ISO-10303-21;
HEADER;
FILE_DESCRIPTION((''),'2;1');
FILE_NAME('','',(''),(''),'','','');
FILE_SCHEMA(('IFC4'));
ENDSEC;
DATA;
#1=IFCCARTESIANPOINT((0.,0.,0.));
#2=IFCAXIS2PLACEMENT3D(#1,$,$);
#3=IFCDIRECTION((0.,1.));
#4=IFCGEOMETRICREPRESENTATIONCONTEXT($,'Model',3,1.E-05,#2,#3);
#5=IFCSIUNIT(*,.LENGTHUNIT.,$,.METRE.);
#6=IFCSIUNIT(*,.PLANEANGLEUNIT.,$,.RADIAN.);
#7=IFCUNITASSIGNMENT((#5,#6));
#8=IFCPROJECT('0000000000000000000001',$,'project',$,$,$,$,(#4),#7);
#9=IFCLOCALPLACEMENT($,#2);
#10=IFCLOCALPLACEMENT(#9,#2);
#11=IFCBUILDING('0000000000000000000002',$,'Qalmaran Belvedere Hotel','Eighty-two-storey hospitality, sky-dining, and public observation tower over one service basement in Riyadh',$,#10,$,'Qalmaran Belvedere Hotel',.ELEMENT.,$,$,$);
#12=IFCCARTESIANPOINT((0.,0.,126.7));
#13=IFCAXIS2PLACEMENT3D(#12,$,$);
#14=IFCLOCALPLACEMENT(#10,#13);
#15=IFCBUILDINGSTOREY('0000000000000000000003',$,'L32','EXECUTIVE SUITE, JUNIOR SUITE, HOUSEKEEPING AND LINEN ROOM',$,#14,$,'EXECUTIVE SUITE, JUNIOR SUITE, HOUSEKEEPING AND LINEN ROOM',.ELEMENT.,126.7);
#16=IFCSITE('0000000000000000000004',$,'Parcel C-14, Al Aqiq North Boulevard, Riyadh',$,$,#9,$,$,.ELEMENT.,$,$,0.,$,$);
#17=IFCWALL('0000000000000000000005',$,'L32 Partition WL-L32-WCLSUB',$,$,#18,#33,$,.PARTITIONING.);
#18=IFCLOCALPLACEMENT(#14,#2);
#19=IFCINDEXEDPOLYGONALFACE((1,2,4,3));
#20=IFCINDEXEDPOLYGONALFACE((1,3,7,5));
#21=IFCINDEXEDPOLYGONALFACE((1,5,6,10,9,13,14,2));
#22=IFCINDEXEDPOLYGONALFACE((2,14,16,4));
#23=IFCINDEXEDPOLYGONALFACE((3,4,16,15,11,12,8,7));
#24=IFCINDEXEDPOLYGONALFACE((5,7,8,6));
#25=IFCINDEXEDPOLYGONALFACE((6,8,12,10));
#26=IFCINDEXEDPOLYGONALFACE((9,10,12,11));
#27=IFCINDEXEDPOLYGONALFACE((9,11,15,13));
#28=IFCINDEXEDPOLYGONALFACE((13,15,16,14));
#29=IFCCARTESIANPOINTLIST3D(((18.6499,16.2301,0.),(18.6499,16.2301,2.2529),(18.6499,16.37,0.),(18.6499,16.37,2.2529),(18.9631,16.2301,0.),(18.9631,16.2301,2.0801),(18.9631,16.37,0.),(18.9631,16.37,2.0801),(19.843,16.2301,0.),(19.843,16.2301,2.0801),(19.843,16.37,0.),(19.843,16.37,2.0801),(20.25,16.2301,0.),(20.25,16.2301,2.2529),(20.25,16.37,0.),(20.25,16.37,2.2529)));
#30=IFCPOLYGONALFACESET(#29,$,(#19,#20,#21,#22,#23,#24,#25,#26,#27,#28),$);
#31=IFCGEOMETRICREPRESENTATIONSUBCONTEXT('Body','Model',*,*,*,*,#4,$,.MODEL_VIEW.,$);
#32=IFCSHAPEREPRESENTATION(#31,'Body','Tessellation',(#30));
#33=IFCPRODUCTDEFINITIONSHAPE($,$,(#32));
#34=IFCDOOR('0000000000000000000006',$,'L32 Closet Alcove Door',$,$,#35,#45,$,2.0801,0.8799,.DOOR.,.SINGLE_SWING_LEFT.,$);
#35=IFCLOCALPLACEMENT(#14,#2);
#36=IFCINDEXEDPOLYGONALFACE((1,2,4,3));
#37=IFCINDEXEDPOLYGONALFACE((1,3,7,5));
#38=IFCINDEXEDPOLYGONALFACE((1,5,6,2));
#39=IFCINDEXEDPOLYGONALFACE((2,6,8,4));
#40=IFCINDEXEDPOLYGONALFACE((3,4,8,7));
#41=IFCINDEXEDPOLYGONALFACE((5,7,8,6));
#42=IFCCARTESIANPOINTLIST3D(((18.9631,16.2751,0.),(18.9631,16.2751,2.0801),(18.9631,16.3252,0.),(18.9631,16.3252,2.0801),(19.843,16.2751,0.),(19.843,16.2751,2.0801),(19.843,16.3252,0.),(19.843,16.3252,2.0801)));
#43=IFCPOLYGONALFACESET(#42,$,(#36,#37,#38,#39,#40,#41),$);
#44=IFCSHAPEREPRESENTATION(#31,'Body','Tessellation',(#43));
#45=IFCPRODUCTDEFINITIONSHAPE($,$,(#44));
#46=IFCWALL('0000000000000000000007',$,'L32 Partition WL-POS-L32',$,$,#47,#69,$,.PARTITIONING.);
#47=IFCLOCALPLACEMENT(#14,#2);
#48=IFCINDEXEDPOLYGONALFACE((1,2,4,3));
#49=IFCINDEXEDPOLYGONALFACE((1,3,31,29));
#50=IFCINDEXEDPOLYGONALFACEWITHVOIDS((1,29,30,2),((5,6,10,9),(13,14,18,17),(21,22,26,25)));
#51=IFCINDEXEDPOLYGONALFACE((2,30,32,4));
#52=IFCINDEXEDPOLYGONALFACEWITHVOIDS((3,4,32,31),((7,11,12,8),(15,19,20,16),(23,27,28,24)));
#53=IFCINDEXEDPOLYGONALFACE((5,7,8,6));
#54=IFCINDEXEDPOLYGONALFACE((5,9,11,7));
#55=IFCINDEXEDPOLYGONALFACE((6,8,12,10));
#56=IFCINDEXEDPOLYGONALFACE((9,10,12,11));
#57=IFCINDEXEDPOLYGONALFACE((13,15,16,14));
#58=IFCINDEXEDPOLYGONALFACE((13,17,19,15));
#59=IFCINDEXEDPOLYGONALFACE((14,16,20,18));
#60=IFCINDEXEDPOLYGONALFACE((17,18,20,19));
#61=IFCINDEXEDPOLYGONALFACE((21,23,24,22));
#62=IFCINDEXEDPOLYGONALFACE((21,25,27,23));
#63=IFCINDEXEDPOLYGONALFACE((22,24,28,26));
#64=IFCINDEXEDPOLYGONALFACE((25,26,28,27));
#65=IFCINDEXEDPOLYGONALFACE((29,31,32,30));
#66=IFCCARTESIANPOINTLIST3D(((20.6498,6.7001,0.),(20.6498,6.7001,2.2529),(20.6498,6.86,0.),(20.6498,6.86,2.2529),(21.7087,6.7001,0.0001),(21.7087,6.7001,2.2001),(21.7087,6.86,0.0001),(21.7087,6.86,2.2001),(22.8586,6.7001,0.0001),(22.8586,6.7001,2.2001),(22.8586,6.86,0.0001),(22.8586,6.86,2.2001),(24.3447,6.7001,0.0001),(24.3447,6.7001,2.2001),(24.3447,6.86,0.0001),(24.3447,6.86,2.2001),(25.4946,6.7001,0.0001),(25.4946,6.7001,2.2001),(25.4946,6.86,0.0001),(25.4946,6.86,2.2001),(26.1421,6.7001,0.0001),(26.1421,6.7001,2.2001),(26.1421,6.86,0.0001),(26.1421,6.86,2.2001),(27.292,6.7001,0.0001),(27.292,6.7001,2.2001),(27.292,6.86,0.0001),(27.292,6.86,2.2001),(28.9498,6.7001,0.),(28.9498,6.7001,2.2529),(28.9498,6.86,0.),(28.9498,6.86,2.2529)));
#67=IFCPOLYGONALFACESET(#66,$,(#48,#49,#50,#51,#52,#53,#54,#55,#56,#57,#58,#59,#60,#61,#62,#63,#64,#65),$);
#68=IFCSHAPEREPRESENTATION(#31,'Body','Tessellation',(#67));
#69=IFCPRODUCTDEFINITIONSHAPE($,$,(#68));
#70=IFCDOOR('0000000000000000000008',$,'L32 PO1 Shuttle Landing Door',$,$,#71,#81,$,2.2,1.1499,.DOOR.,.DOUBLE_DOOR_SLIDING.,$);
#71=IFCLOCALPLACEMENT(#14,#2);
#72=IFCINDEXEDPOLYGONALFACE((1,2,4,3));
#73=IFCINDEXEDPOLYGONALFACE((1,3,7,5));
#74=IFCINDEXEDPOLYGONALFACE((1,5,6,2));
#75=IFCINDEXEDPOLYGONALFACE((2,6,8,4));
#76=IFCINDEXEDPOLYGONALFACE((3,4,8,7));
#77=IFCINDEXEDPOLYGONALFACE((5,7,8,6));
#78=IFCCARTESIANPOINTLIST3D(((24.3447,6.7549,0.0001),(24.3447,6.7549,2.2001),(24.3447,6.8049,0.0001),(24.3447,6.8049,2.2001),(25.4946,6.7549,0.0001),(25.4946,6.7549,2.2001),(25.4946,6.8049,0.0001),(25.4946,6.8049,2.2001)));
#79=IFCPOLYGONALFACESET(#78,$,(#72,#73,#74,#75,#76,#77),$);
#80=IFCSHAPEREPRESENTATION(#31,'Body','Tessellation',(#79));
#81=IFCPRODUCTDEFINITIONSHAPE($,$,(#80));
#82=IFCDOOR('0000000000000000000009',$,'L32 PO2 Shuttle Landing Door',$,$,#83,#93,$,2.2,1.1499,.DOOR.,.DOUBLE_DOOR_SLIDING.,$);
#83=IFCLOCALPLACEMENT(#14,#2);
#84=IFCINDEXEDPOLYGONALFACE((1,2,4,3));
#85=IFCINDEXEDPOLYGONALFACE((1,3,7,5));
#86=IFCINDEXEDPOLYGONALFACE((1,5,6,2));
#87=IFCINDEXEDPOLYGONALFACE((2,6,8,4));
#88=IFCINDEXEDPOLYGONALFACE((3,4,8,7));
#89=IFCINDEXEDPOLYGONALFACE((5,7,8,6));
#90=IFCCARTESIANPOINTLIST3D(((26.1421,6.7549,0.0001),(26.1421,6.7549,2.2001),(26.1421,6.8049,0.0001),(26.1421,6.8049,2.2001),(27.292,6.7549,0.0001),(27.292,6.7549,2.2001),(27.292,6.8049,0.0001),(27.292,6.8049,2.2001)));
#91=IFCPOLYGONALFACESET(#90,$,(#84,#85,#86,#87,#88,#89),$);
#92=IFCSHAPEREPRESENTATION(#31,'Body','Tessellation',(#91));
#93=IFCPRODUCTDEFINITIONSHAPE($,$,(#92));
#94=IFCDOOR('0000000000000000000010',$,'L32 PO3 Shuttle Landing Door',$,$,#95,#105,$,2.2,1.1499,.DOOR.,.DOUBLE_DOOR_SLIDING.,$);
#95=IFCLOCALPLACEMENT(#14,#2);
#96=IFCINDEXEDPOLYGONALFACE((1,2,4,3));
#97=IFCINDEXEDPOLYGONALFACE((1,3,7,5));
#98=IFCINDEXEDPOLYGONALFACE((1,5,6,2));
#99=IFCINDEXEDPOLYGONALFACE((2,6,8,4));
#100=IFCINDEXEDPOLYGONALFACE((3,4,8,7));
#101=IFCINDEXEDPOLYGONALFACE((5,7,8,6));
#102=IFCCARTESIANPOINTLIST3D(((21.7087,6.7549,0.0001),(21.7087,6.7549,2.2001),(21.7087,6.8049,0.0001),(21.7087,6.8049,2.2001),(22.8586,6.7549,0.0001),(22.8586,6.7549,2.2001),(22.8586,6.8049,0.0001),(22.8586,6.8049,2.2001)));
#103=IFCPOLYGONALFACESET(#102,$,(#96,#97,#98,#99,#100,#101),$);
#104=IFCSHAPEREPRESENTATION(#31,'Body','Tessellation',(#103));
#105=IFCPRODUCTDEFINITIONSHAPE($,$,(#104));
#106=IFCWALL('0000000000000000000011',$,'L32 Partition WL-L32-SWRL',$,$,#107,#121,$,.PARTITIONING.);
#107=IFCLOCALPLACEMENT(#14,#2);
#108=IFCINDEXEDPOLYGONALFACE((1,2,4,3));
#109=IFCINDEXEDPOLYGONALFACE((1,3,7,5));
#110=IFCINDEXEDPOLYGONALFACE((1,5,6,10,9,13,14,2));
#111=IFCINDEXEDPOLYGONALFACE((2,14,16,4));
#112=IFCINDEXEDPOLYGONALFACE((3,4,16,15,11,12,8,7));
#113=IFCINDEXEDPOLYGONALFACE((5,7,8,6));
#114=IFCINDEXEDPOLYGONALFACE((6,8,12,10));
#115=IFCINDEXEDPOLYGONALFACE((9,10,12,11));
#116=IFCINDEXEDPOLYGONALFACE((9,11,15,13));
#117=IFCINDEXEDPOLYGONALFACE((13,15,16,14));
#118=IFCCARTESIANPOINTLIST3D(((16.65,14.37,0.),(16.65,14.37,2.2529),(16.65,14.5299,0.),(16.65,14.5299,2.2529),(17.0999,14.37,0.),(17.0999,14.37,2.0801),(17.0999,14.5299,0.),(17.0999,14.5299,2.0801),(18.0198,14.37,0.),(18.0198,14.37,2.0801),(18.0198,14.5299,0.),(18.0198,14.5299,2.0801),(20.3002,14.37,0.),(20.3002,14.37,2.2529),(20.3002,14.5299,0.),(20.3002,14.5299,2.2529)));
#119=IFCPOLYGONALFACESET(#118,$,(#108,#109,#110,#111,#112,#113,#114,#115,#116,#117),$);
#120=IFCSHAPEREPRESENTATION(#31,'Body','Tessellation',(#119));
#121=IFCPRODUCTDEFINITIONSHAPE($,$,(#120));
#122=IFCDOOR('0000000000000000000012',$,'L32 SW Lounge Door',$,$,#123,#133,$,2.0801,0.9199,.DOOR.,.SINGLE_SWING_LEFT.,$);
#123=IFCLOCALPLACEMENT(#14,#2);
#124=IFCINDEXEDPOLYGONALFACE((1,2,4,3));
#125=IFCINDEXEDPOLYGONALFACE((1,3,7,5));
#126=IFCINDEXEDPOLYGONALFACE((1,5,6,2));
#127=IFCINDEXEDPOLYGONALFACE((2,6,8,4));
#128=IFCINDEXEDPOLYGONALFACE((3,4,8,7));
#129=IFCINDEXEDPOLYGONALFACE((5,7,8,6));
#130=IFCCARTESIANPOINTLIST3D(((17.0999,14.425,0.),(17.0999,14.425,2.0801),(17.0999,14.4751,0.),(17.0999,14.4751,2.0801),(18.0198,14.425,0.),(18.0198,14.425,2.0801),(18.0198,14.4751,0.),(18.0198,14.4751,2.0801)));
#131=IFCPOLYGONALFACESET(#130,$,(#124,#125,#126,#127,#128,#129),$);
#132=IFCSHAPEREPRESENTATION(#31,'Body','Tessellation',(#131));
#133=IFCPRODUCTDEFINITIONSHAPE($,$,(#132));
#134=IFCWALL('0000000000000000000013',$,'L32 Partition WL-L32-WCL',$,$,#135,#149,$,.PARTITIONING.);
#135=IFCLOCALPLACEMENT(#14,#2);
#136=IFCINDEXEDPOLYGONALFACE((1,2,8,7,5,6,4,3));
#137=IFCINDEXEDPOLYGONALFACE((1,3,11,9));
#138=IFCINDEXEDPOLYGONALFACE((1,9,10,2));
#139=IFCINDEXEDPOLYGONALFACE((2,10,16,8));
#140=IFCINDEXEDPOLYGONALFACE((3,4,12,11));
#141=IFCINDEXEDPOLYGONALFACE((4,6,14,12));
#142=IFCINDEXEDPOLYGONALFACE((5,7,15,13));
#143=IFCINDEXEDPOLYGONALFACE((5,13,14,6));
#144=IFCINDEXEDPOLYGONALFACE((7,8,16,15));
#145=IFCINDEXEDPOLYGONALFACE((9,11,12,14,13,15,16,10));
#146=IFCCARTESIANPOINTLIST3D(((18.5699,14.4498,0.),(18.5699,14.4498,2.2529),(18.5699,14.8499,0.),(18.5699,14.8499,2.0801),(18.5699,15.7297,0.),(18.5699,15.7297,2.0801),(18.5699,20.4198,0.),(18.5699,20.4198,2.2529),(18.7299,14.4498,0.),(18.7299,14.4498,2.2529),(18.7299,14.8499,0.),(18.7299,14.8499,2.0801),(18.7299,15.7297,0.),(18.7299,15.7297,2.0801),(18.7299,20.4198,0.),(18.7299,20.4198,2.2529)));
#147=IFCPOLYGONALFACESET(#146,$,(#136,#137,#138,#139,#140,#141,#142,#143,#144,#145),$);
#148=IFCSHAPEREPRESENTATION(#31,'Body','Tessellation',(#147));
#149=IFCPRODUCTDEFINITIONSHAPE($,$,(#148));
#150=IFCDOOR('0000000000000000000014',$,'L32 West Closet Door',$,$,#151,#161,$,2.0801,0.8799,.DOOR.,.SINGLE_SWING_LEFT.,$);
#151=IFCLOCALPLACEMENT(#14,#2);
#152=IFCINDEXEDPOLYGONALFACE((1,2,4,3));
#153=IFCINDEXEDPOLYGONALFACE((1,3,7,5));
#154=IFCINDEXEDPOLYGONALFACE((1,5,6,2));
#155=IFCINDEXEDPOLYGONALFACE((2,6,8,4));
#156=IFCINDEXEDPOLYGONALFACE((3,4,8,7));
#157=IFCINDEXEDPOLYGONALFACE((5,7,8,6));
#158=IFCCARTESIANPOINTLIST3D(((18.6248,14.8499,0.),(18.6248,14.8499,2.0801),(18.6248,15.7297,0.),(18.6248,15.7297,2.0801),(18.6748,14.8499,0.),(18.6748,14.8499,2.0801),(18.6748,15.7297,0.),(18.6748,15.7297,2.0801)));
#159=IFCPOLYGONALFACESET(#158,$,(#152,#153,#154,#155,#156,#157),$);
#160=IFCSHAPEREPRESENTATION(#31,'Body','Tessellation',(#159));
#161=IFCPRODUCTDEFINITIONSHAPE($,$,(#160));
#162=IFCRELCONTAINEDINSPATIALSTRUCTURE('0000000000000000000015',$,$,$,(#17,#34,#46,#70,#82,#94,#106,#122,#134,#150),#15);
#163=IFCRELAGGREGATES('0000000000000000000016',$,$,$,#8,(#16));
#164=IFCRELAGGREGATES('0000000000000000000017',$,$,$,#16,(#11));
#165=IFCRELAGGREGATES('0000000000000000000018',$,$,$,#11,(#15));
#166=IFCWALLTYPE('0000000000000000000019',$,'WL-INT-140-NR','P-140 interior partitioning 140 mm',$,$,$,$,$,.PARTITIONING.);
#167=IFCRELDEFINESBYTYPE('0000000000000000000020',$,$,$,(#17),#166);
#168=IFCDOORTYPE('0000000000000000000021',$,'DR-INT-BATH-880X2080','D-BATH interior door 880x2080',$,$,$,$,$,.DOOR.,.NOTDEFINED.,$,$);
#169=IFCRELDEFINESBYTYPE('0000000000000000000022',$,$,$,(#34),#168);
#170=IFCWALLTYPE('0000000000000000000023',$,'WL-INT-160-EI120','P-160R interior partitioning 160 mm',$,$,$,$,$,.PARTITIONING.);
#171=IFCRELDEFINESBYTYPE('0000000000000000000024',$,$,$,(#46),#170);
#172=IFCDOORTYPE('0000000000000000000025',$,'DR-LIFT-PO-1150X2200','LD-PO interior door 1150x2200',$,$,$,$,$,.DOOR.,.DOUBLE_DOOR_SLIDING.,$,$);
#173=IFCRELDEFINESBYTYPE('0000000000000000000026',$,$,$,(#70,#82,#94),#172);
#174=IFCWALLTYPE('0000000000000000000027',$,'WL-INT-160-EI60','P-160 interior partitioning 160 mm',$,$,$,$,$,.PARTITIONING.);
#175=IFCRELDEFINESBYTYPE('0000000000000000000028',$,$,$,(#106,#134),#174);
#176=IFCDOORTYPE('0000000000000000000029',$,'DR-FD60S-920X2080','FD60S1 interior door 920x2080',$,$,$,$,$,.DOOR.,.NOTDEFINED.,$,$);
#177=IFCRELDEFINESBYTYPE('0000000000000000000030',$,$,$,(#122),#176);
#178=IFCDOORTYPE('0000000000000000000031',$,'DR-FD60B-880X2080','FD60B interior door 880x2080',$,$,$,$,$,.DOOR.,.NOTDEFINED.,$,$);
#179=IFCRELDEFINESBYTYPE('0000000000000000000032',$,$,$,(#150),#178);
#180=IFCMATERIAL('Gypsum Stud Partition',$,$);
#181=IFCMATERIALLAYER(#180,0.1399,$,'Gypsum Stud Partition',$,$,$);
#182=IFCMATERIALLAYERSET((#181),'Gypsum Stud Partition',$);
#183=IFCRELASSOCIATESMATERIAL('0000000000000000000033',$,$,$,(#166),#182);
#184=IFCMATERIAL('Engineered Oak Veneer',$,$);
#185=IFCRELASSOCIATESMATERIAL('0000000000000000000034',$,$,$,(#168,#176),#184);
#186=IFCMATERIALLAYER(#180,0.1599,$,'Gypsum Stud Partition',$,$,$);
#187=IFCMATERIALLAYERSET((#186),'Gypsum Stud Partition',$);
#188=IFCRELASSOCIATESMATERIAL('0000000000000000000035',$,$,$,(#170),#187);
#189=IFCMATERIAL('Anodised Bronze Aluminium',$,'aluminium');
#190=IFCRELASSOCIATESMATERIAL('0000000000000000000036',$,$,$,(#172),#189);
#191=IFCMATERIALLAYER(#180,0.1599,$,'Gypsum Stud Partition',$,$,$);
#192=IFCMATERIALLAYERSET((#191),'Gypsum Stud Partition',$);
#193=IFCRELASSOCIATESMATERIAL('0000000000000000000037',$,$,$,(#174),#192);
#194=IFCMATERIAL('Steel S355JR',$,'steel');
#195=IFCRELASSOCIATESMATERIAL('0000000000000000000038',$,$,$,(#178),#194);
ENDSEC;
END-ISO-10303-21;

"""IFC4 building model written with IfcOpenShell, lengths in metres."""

from ifc_helpers import new_model, si_unit, direction, frame, frame_2d, origin, place, context, subcontext, project, spatial, rectangle, extrude, material, layer, layer_set, type_object, element, fill, save


model = new_model("IFC4")

# Units and contexts
model_context = context("Model", 3, precision=1e-05, world=origin(), true_north=direction((0.0, 1.0)))
body_context = subcontext(model_context, "Body", "Model", "MODEL_VIEW")
ifc_project = project(units=[si_unit("LENGTHUNIT", "METRE"), si_unit("PLANEANGLEUNIT", "RADIAN")], contexts=[model_context])

# Site, building, storey
site_placement = place(None, origin())
site = spatial("IfcSite", under=ifc_project, at=site_placement, Name="Parcel C-14, Al Aqiq North Boulevard, Riyadh", CompositionType="ELEMENT", RefElevation=0.0)
building_placement = place(site_placement, origin())
building = spatial("IfcBuilding", under=site, at=building_placement, Name="Qalmaran Belvedere Hotel", Description="Eighty-two-storey hospitality, sky-dining, and public observation tower over one service basement in Riyadh", LongName="Qalmaran Belvedere Hotel", CompositionType="ELEMENT")
storey_placement = place(building_placement, frame((0.0, 0.0, 126.7)))
storey = spatial("IfcBuildingStorey", under=building, at=storey_placement, Name="L32", Description="EXECUTIVE SUITE, JUNIOR SUITE, HOUSEKEEPING AND LINEN ROOM", LongName="EXECUTIVE SUITE, JUNIOR SUITE, HOUSEKEEPING AND LINEN ROOM", CompositionType="ELEMENT", Elevation=126.7)

# Shared definitions
ifc_material_1 = material(Name="Steel S355JR", Category="steel")

# Shared definitions
ifc_material_2 = material(Name="Anodised Bronze Aluminium", Category="aluminium")

# Wall, opening, door
ifc_material_3 = material(Name="Gypsum Stud Partition")
ifc_layer_1 = layer(ifc_material_3, 0.1399, Name="Gypsum Stud Partition")
ifc_layer_set_1 = layer_set([ifc_layer_1], Name="Gypsum Stud Partition")
wall_type_1 = type_object("IfcWallType", Name="WL-INT-140-NR", Description="P-140 interior partitioning 140 mm", PredefinedType="PARTITIONING", material=ifc_layer_set_1)
wall_1_placement = place(storey_placement, frame((18.6499, 16.3, 0.0), z_axis=(0.0, 0.0, 1.0), x_axis=(1.0, 0.0, 0.0)))
wall_1 = element("IfcWall", 1, at=wall_1_placement, inside=storey, type_object=wall_type_1, Name="L32 Partition WL-L32-WCLSUB", PredefinedType="PARTITIONING", context=body_context, shape_type="SweptSolid", body=[
    extrude(rectangle(XDim=1.6001, YDim=0.1399, at=frame_2d((0.8, 0.0))), origin(), (0.0, 0.0, 1.0), 2.2529),
])
opening_1_placement = place(wall_1_placement, frame((1.1931, 0.0, 0.0), z_axis=(0.0, 0.0, 1.0), x_axis=(-1.0, 0.0, 0.0)))
opening_1 = element("IfcOpeningElement", 2, at=opening_1_placement, cuts=wall_1, PredefinedType="OPENING", context=body_context, shape_type="SweptSolid", body=[
    extrude(rectangle(XDim=0.8799, YDim=2.0801, at=frame_2d((0.4399, 1.04))), frame((0.0, 0.0801, 0.0), z_axis=(0.0, -1.0, 0.0), x_axis=(1.0, 0.0, 0.0)), (0.0, 0.0, 1.0), 0.1599),
])
ifc_material_4 = material(Name="Engineered Oak Veneer")
door_type_1 = type_object("IfcDoorType", Name="DR-INT-BATH-880X2080", Description="D-BATH interior door 880x2080", OperationType="NOTDEFINED", PredefinedType="DOOR", material=ifc_material_4)
door_1_placement = place(opening_1_placement, origin())
door_1 = element("IfcDoor", 3, at=door_1_placement, inside=storey, type_object=door_type_1, Name="L32 Closet Alcove Door", OperationType="SINGLE_SWING_LEFT", OverallHeight=2.0801, OverallWidth=0.8799, PredefinedType="DOOR", context=body_context, shape_type="SweptSolid", body=[
    extrude(rectangle(XDim=0.8799, YDim=2.0801, at=frame_2d((0.4399, 1.04))), frame((0.0, 0.0249, 0.0), z_axis=(0.0, -1.0, 0.0), x_axis=(1.0, 0.0, 0.0)), (0.0, 0.0, 1.0), 0.05),
])
fill(opening_1, door_1)

# Wall, openings, doors
ifc_layer_2 = layer(ifc_material_3, 0.1599, Name="Gypsum Stud Partition")
ifc_layer_set_2 = layer_set([ifc_layer_2], Name="Gypsum Stud Partition")
wall_type_2 = type_object("IfcWallType", Name="WL-INT-160-EI120", Description="P-160R interior partitioning 160 mm", PredefinedType="PARTITIONING", material=ifc_layer_set_2)
wall_2_placement = place(storey_placement, frame((20.6499, 6.78, 0.0), z_axis=(0.0, 0.0, 1.0), x_axis=(1.0, 0.0, 0.0)))
wall_2 = element("IfcWall", 4, at=wall_2_placement, inside=storey, type_object=wall_type_2, Name="L32 Partition WL-POS-L32", PredefinedType="PARTITIONING", context=body_context, shape_type="SweptSolid", body=[
    extrude(rectangle(XDim=8.3, YDim=0.1599, at=frame_2d((4.1499, 0.0))), origin(), (0.0, 0.0, 1.0), 2.2529),
])
opening_2_placement = place(wall_2_placement, frame((3.6948, 0.0, 0.0)))
opening_2 = element("IfcOpeningElement", 5, at=opening_2_placement, cuts=wall_2, PredefinedType="OPENING", context=body_context, shape_type="SweptSolid", body=[
    extrude(rectangle(XDim=1.1499, YDim=2.2, at=frame_2d((0.575, 1.1001))), frame((0.0, 0.0898, 0.0), z_axis=(0.0, -1.0, 0.0), x_axis=(1.0, 0.0, 0.0)), (0.0, 0.0, 1.0), 0.1799),
])
opening_3_placement = place(wall_2_placement, frame((5.4922, 0.0, 0.0)))
opening_3 = element("IfcOpeningElement", 6, at=opening_3_placement, cuts=wall_2, PredefinedType="OPENING", context=body_context, shape_type="SweptSolid", body=[
    extrude(rectangle(XDim=1.1499, YDim=2.2, at=frame_2d((0.575, 1.1001))), frame((0.0, 0.0898, 0.0), z_axis=(0.0, -1.0, 0.0), x_axis=(1.0, 0.0, 0.0)), (0.0, 0.0, 1.0), 0.1799),
])
opening_4_placement = place(wall_2_placement, frame((1.0588, 0.0, 0.0)))
opening_4 = element("IfcOpeningElement", 7, at=opening_4_placement, cuts=wall_2, PredefinedType="OPENING", context=body_context, shape_type="SweptSolid", body=[
    extrude(rectangle(XDim=1.1499, YDim=2.2, at=frame_2d((0.575, 1.1001))), frame((0.0, 0.0898, 0.0), z_axis=(0.0, -1.0, 0.0), x_axis=(1.0, 0.0, 0.0)), (0.0, 0.0, 1.0), 0.1799),
])
door_type_2 = type_object("IfcDoorType", Name="DR-LIFT-PO-1150X2200", Description="LD-PO interior door 1150x2200", OperationType="DOUBLE_DOOR_SLIDING", PredefinedType="DOOR", material=ifc_material_2)
door_2_placement = place(opening_2_placement, origin())
door_2 = element("IfcDoor", 8, at=door_2_placement, inside=storey, type_object=door_type_2, Name="L32 PO1 Shuttle Landing Door", OperationType="DOUBLE_DOOR_SLIDING", OverallHeight=2.2, OverallWidth=1.1499, PredefinedType="DOOR", context=body_context, shape_type="SweptSolid", body=[
    extrude(rectangle(XDim=1.1499, YDim=2.2, at=frame_2d((0.575, 1.1001))), frame((0.0, 0.0249, 0.0), z_axis=(0.0, -1.0, 0.0), x_axis=(1.0, 0.0, 0.0)), (0.0, 0.0, 1.0), 0.05),
])
fill(opening_2, door_2)
door_3_placement = place(opening_3_placement, origin())
door_3 = element("IfcDoor", 9, at=door_3_placement, inside=storey, type_object=door_type_2, Name="L32 PO2 Shuttle Landing Door", OperationType="DOUBLE_DOOR_SLIDING", OverallHeight=2.2, OverallWidth=1.1499, PredefinedType="DOOR", context=body_context, shape_type="SweptSolid", body=[
    extrude(rectangle(XDim=1.1499, YDim=2.2, at=frame_2d((0.575, 1.1001))), frame((0.0, 0.0249, 0.0), z_axis=(0.0, -1.0, 0.0), x_axis=(1.0, 0.0, 0.0)), (0.0, 0.0, 1.0), 0.05),
])
fill(opening_3, door_3)
door_4_placement = place(opening_4_placement, origin())
door_4 = element("IfcDoor", 10, at=door_4_placement, inside=storey, type_object=door_type_2, Name="L32 PO3 Shuttle Landing Door", OperationType="DOUBLE_DOOR_SLIDING", OverallHeight=2.2, OverallWidth=1.1499, PredefinedType="DOOR", context=body_context, shape_type="SweptSolid", body=[
    extrude(rectangle(XDim=1.1499, YDim=2.2, at=frame_2d((0.575, 1.1001))), frame((0.0, 0.0249, 0.0), z_axis=(0.0, -1.0, 0.0), x_axis=(1.0, 0.0, 0.0)), (0.0, 0.0, 1.0), 0.05),
])
fill(opening_4, door_4)

# Walls, openings, doors
ifc_layer_3 = layer(ifc_material_3, 0.1599, Name="Gypsum Stud Partition")
ifc_layer_set_3 = layer_set([ifc_layer_3], Name="Gypsum Stud Partition")
wall_type_3 = type_object("IfcWallType", Name="WL-INT-160-EI60", Description="P-160 interior partitioning 160 mm", PredefinedType="PARTITIONING", material=ifc_layer_set_3)
wall_3_placement = place(storey_placement, frame((16.6499, 14.45, 0.0), z_axis=(0.0, 0.0, 1.0), x_axis=(1.0, 0.0, 0.0)))
wall_3 = element("IfcWall", 11, at=wall_3_placement, inside=storey, type_object=wall_type_3, Name="L32 Partition WL-L32-SWRL", PredefinedType="PARTITIONING", context=body_context, shape_type="SweptSolid", body=[
    extrude(rectangle(XDim=3.6501, YDim=0.1599, at=frame_2d((1.8252, 0.0))), origin(), (0.0, 0.0, 1.0), 2.2529),
])
opening_5_placement = place(wall_3_placement, frame((1.3699, 0.0, 0.0), z_axis=(0.0, 0.0, 1.0), x_axis=(-1.0, 0.0, 0.0)))
opening_5 = element("IfcOpeningElement", 12, at=opening_5_placement, cuts=wall_3, PredefinedType="OPENING", context=body_context, shape_type="SweptSolid", body=[
    extrude(rectangle(XDim=0.9199, YDim=2.0801, at=frame_2d((0.46, 1.04))), frame((0.0, 0.0898, 0.0), z_axis=(0.0, -1.0, 0.0), x_axis=(1.0, 0.0, 0.0)), (0.0, 0.0, 1.0), 0.1799),
])
door_type_3 = type_object("IfcDoorType", Name="DR-FD60S-920X2080", Description="FD60S1 interior door 920x2080", OperationType="NOTDEFINED", PredefinedType="DOOR", material=ifc_material_4)
door_5_placement = place(opening_5_placement, origin())
door_5 = element("IfcDoor", 13, at=door_5_placement, inside=storey, type_object=door_type_3, Name="L32 SW Lounge Door", OperationType="SINGLE_SWING_LEFT", OverallHeight=2.0801, OverallWidth=0.9199, PredefinedType="DOOR", context=body_context, shape_type="SweptSolid", body=[
    extrude(rectangle(XDim=0.9199, YDim=2.0801, at=frame_2d((0.46, 1.04))), frame((0.0, 0.0249, 0.0), z_axis=(0.0, -1.0, 0.0), x_axis=(1.0, 0.0, 0.0)), (0.0, 0.0, 1.0), 0.05),
])
fill(opening_5, door_5)
wall_4_placement = place(storey_placement, frame((18.6499, 14.45, 0.0), z_axis=(0.0, 0.0, 1.0), x_axis=(0.0, 1.0, 0.0)))
wall_4 = element("IfcWall", 14, at=wall_4_placement, inside=storey, type_object=wall_type_3, Name="L32 Partition WL-L32-WCL", PredefinedType="PARTITIONING", context=body_context, shape_type="SweptSolid", body=[
    extrude(rectangle(XDim=5.97, YDim=0.1599, at=frame_2d((2.9849, 0.0))), origin(), (0.0, 0.0, 1.0), 2.2529),
])
opening_6_placement = place(wall_4_placement, frame((1.2798, 0.0, 0.0), z_axis=(0.0, 0.0, 1.0), x_axis=(-1.0, 0.0, 0.0)))
opening_6 = element("IfcOpeningElement", 15, at=opening_6_placement, cuts=wall_4, PredefinedType="OPENING", context=body_context, shape_type="SweptSolid", body=[
    extrude(rectangle(XDim=0.8799, YDim=2.0801, at=frame_2d((0.4399, 1.04))), frame((0.0, 0.0898, 0.0), z_axis=(0.0, -1.0, 0.0), x_axis=(1.0, 0.0, 0.0)), (0.0, 0.0, 1.0), 0.1799),
])
door_type_4 = type_object("IfcDoorType", Name="DR-FD60B-880X2080", Description="FD60B interior door 880x2080", OperationType="NOTDEFINED", PredefinedType="DOOR", material=ifc_material_1)
door_6_placement = place(opening_6_placement, origin())
door_6 = element("IfcDoor", 16, at=door_6_placement, inside=storey, type_object=door_type_4, Name="L32 West Closet Door", OperationType="SINGLE_SWING_LEFT", OverallHeight=2.0801, OverallWidth=0.8799, PredefinedType="DOOR", context=body_context, shape_type="SweptSolid", body=[
    extrude(rectangle(XDim=0.8799, YDim=2.0801, at=frame_2d((0.4399, 1.04))), frame((0.0, 0.0249, 0.0), z_axis=(0.0, -1.0, 0.0), x_axis=(1.0, 0.0, 0.0)), (0.0, 0.0, 1.0), 0.05),
])
fill(opening_6, door_6)

save(model, "model.ifc")
